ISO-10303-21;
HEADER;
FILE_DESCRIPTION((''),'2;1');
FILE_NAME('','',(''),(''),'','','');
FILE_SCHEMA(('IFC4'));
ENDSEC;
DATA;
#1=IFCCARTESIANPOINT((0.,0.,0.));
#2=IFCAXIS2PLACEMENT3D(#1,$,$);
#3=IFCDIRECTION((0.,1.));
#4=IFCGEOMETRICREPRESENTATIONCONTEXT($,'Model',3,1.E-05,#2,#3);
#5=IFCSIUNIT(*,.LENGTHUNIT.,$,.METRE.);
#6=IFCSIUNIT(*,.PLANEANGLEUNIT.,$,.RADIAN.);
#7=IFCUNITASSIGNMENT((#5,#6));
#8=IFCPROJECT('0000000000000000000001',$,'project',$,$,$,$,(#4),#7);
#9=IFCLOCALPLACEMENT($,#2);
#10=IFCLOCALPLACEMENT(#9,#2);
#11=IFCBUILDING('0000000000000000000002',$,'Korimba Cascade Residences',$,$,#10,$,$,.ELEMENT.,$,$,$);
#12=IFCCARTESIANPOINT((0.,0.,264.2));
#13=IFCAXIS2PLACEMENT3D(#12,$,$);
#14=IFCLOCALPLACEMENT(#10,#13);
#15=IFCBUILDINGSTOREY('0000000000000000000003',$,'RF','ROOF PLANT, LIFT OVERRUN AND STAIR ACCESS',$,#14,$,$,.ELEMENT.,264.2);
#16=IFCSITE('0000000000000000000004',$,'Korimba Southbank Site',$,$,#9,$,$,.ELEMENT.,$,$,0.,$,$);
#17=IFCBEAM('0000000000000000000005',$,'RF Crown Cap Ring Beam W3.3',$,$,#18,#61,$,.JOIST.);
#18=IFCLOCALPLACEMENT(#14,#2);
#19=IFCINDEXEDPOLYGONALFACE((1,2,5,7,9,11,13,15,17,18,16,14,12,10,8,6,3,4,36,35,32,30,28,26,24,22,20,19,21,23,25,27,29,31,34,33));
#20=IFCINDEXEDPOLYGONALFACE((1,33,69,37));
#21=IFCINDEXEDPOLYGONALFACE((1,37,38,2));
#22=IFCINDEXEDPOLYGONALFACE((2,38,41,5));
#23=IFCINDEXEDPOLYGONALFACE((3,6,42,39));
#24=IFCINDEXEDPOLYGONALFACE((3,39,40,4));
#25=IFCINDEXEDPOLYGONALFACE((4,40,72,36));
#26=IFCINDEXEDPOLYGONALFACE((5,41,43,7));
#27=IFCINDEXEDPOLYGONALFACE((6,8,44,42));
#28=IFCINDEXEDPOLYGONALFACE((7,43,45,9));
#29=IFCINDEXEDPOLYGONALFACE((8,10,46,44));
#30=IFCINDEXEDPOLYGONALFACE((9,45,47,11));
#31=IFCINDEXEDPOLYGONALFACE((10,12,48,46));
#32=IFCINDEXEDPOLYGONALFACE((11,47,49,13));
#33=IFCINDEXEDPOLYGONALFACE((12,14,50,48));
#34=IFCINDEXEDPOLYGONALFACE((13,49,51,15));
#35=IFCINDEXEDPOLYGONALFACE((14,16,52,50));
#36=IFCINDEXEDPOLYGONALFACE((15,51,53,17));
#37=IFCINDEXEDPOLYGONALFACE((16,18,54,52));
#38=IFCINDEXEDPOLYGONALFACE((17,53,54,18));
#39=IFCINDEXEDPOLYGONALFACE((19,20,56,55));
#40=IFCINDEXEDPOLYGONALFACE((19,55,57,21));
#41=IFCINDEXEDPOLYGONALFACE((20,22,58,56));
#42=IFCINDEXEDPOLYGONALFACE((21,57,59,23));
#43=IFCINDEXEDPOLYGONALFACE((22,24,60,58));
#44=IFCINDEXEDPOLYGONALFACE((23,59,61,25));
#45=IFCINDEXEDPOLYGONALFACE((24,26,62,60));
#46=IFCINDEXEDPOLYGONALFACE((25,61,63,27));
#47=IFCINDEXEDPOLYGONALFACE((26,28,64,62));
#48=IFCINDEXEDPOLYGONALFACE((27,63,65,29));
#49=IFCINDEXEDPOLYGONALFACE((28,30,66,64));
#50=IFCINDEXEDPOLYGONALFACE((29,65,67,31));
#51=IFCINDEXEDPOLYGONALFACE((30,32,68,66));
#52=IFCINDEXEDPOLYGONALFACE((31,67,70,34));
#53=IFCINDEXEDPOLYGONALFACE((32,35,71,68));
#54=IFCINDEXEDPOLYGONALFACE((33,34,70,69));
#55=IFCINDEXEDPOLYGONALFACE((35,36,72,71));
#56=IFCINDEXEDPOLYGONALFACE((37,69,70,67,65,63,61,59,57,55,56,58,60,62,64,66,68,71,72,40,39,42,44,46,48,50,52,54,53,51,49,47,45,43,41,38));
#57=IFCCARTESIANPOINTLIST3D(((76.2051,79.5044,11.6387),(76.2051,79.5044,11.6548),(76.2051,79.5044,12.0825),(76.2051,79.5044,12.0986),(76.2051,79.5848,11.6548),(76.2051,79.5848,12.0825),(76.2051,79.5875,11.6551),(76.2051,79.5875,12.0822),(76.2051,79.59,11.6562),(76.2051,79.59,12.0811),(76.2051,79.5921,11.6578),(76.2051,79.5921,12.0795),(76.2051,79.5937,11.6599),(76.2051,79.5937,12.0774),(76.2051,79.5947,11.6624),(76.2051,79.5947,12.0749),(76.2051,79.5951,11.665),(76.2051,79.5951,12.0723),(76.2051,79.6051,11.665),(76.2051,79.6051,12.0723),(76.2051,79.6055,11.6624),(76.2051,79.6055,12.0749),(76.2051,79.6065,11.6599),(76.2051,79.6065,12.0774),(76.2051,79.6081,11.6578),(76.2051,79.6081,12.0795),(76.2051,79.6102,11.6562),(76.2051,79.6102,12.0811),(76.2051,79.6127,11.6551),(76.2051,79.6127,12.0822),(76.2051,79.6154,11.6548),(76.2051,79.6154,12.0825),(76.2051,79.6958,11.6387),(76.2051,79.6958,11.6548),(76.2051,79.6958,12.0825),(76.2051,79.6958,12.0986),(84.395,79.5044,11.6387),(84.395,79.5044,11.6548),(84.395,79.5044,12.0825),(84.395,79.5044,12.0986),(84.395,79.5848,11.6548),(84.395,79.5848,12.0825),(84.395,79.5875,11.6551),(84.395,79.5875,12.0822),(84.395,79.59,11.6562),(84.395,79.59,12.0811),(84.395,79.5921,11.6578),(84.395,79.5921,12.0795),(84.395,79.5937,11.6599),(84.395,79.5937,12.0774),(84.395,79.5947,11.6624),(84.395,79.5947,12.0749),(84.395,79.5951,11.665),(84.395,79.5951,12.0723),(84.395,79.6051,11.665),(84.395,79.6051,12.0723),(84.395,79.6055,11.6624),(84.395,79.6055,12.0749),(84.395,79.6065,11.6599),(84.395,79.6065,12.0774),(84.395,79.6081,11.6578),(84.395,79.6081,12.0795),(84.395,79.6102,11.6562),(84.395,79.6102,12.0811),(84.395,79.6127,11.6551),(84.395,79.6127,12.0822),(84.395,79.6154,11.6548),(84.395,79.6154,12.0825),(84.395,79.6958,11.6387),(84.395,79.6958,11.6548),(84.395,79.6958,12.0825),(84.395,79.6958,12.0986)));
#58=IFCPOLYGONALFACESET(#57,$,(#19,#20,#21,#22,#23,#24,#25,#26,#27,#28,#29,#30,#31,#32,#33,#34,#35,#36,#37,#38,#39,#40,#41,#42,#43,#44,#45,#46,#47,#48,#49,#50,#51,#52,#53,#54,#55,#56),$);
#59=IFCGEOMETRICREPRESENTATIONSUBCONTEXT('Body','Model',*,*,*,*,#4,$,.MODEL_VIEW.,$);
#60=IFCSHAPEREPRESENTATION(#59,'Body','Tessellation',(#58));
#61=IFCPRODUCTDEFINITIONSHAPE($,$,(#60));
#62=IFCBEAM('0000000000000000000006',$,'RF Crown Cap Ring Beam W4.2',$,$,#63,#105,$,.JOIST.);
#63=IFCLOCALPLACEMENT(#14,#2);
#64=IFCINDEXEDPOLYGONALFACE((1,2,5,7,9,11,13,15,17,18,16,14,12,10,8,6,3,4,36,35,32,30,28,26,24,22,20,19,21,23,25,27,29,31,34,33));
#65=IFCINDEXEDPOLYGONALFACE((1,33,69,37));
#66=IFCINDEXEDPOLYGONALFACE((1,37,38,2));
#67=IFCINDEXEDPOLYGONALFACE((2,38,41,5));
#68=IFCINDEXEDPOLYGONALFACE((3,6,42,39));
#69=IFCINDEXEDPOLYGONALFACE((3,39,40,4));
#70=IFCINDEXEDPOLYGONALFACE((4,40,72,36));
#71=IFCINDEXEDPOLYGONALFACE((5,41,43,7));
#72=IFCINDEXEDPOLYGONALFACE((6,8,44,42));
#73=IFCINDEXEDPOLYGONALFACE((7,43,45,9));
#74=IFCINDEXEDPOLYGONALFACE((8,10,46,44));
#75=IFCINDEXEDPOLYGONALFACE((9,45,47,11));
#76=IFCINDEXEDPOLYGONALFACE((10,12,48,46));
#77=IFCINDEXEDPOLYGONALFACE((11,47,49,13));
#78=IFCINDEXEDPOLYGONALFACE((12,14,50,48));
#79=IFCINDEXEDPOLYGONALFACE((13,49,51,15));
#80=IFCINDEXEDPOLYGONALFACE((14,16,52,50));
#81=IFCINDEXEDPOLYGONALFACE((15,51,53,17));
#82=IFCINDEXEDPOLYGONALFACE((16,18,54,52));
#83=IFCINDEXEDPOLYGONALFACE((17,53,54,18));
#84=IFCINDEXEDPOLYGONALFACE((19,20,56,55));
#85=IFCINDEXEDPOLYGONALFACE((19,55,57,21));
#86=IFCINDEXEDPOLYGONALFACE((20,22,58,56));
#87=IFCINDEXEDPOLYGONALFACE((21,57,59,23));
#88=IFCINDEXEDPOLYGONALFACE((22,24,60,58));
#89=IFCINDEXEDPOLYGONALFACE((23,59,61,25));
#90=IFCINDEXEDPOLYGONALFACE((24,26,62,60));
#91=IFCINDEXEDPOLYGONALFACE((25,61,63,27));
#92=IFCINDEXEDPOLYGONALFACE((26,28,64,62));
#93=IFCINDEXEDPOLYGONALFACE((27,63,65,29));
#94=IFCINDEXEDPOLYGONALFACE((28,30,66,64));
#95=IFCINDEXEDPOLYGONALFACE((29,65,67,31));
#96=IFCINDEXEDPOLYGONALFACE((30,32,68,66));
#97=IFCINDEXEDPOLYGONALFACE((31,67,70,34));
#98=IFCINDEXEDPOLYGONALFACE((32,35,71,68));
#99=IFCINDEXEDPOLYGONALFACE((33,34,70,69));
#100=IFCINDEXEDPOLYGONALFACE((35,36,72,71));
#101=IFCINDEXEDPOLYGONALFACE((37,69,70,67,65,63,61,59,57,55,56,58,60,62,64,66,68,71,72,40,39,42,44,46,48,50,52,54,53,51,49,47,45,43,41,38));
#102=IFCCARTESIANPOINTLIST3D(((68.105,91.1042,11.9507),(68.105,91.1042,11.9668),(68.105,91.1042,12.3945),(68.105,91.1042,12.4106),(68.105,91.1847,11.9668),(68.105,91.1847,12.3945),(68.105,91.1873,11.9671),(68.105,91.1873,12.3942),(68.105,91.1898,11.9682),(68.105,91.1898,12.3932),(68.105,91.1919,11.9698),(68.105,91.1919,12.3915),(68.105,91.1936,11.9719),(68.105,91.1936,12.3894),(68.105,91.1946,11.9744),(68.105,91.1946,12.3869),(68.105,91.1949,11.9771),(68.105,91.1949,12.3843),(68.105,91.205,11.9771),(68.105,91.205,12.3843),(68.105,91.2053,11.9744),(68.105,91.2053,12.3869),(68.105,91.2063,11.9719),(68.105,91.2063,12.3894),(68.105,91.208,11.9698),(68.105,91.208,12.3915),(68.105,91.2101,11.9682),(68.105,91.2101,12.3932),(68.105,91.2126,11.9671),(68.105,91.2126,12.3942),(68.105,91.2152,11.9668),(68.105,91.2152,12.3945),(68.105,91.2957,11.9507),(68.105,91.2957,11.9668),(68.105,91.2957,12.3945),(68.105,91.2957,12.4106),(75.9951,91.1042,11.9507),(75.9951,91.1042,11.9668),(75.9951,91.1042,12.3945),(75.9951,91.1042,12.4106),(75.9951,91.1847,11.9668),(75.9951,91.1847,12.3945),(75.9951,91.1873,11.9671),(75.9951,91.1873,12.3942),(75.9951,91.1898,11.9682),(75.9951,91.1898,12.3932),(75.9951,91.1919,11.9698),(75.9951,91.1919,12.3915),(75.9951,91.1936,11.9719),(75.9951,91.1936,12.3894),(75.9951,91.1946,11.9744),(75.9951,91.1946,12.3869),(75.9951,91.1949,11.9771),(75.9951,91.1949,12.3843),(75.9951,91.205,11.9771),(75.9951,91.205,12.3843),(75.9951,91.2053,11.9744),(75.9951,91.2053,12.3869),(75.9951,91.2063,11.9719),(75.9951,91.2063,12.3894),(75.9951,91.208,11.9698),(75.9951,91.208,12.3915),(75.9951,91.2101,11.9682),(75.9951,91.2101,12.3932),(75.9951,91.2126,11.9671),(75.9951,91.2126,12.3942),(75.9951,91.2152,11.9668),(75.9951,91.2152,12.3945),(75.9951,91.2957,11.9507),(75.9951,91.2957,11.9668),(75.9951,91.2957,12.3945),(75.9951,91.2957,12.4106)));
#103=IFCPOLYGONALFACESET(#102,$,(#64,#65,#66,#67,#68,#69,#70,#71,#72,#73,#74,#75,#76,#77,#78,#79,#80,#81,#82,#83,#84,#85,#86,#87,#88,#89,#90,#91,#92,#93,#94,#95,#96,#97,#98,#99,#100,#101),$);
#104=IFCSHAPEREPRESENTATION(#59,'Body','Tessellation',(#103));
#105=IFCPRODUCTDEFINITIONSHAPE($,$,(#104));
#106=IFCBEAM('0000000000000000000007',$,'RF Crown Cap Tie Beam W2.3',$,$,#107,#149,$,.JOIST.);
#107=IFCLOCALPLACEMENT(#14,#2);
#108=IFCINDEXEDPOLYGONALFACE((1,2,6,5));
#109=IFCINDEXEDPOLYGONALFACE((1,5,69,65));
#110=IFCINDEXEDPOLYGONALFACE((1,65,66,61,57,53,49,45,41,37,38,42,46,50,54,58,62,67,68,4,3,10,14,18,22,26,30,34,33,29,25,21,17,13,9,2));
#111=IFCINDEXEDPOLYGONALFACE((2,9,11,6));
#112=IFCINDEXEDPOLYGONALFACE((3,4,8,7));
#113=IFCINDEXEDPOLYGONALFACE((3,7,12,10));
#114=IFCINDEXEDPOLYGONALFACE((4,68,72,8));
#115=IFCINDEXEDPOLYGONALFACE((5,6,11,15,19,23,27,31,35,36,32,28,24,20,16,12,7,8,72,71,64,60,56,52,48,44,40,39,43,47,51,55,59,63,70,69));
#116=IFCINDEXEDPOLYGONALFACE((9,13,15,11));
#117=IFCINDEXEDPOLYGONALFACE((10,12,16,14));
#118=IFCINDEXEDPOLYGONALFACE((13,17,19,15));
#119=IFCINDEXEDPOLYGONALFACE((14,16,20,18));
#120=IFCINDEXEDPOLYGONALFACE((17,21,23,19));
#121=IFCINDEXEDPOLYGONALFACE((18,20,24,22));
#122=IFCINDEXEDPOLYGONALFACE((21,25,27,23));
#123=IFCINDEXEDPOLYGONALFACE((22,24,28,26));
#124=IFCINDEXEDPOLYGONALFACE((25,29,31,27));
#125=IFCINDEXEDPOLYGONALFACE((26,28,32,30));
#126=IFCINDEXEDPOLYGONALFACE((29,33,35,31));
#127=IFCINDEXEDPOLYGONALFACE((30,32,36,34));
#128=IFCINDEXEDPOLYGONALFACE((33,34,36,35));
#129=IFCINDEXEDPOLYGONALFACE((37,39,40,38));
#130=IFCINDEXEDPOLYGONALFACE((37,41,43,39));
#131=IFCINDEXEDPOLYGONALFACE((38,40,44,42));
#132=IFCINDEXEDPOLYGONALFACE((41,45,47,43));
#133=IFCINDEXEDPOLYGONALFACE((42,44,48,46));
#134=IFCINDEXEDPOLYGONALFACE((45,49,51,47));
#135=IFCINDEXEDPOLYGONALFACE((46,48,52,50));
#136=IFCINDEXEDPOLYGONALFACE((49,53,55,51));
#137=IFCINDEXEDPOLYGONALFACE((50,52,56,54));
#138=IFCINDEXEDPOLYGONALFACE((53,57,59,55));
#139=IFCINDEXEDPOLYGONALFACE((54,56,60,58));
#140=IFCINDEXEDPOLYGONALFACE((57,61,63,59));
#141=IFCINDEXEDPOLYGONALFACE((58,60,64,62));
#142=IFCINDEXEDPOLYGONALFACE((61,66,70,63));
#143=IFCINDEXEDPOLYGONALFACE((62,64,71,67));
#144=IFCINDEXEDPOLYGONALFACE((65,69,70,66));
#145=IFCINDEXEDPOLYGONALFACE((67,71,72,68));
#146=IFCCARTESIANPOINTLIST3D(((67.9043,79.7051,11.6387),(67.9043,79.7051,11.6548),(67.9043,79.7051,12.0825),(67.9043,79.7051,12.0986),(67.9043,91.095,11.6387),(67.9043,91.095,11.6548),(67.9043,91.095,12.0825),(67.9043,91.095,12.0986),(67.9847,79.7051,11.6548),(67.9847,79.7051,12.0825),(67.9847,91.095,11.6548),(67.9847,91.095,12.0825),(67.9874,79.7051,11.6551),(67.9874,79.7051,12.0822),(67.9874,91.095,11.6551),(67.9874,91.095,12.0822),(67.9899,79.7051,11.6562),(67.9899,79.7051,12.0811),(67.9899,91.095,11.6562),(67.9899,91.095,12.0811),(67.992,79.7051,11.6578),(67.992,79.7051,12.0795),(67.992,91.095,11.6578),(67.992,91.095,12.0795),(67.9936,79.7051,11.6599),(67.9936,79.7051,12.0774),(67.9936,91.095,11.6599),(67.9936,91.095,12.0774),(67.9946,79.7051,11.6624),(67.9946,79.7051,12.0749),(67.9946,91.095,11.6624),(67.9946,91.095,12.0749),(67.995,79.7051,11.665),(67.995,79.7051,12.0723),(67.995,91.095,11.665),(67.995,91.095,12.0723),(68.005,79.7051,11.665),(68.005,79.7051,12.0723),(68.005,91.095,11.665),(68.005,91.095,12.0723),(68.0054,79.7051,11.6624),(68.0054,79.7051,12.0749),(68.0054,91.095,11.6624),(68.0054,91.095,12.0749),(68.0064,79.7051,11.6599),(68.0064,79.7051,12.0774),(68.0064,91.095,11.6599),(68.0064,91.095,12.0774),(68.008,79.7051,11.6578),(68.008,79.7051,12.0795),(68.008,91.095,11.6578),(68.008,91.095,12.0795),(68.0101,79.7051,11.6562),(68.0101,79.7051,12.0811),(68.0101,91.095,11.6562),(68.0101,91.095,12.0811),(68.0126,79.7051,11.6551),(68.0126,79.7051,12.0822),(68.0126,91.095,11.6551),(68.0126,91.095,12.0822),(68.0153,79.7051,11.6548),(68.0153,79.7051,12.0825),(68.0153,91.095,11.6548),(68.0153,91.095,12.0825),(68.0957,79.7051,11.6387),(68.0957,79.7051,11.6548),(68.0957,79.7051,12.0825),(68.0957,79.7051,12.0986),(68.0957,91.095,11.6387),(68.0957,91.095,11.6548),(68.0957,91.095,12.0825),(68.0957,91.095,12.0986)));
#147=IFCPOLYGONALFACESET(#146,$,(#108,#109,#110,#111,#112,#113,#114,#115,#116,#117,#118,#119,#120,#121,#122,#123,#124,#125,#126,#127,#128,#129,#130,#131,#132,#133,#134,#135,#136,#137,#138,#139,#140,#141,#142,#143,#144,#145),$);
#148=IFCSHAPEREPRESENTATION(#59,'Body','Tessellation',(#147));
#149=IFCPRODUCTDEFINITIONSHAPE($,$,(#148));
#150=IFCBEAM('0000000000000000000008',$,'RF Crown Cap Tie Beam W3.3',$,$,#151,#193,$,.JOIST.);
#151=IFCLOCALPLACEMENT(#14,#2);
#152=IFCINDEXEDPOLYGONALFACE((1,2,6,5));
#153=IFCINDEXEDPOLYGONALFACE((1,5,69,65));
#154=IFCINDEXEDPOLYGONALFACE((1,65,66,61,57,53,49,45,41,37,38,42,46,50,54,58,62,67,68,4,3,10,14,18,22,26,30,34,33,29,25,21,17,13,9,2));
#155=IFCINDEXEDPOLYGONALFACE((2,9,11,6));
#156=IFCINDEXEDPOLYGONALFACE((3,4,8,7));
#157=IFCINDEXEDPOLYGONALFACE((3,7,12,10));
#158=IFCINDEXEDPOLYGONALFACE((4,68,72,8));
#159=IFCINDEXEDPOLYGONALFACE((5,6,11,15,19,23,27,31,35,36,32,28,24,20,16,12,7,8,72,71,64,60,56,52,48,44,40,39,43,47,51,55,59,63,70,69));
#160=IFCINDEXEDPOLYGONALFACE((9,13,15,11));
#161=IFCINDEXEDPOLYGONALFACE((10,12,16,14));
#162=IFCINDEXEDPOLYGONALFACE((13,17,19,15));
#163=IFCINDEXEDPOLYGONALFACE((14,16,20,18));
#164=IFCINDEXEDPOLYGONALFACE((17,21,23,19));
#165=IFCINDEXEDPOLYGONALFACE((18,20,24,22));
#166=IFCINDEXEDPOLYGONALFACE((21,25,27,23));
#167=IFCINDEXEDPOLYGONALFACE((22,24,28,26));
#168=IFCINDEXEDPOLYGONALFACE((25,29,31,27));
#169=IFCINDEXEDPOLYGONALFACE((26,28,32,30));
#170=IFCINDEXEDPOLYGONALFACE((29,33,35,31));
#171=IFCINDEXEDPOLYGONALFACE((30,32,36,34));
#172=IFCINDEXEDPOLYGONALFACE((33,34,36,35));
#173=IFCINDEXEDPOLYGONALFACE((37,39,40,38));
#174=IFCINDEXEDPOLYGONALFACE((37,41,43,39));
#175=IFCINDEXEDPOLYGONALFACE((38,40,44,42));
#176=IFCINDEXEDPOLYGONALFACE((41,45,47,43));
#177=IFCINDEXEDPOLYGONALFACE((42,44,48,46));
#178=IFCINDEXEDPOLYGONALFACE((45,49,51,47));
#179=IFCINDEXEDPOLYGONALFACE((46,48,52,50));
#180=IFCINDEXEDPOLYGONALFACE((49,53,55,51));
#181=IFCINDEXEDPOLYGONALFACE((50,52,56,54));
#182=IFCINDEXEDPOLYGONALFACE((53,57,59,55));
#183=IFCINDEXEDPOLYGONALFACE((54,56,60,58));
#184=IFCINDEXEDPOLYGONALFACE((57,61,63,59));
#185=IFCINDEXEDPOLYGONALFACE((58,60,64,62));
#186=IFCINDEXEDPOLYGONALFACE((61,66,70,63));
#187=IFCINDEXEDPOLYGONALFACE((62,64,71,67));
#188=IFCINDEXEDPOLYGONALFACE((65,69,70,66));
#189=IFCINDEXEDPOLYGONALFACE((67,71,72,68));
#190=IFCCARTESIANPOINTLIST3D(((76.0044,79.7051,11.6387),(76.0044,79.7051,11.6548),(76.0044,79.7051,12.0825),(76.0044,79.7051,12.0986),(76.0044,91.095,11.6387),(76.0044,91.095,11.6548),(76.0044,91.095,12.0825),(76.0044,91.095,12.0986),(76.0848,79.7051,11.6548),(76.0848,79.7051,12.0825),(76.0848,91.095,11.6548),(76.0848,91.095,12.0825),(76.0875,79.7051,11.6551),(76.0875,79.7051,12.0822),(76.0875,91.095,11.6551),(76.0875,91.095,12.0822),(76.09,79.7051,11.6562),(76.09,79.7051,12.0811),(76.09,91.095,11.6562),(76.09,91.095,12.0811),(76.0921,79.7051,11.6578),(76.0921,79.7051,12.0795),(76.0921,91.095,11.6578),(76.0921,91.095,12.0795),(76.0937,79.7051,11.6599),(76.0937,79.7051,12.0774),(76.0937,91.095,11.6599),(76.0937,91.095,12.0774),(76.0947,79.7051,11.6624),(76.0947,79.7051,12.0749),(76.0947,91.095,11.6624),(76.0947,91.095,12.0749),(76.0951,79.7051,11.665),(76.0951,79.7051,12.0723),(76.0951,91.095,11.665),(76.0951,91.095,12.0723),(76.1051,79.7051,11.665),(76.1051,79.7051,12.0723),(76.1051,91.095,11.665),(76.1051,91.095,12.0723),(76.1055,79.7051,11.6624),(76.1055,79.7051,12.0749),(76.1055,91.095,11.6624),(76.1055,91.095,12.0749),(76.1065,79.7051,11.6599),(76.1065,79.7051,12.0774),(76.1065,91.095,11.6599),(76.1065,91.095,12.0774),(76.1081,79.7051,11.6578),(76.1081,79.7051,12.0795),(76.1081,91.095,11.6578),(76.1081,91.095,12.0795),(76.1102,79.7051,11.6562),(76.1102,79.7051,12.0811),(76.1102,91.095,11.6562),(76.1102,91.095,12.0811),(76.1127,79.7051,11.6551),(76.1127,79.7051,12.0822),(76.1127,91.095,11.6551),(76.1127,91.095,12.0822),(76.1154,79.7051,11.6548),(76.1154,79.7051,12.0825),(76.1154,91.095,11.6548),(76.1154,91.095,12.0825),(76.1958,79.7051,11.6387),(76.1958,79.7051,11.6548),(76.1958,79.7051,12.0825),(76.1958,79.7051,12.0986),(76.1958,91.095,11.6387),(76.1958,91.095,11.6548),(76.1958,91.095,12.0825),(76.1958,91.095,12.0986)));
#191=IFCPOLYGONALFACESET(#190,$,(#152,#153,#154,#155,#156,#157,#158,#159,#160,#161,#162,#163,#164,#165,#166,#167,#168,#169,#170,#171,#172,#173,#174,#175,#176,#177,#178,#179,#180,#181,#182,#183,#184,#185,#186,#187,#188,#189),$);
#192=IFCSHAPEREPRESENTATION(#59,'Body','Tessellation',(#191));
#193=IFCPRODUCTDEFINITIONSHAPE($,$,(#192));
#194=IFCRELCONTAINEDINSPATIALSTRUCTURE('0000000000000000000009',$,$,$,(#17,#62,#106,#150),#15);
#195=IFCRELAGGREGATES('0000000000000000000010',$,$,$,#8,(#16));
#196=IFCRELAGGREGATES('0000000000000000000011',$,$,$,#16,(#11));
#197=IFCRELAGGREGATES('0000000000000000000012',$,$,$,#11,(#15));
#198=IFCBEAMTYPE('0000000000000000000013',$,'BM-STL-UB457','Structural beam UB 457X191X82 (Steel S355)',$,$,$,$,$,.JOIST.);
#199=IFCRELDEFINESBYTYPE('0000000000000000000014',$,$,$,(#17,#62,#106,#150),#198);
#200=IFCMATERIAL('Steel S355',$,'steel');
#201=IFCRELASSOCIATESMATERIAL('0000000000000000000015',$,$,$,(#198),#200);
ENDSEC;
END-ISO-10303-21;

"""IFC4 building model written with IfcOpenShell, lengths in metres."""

from ifc_helpers import new_model, si_unit, direction, frame, origin, origin_2d, place, context, subcontext, project, spatial, i_section, extrude, material, material_profile, profile_set, type_object, element, save


model = new_model("IFC4")

# Units and contexts
model_context = context("Model", 3, precision=1e-05, world=origin(), true_north=direction((0.0, 1.0)))
body_context = subcontext(model_context, "Body", "Model", "MODEL_VIEW")
ifc_project = project(units=[si_unit("LENGTHUNIT", "METRE"), si_unit("PLANEANGLEUNIT", "RADIAN")], contexts=[model_context])

# Site, building, storey
site_placement = place(None, origin())
site = spatial("IfcSite", under=ifc_project, at=site_placement, Name="Korimba Southbank Site", CompositionType="ELEMENT", RefElevation=0.0)
building_placement = place(site_placement, origin())
building = spatial("IfcBuilding", under=site, at=building_placement, Name="Korimba Cascade Residences", CompositionType="ELEMENT")
storey_placement = place(building_placement, frame((0.0, 0.0, 264.2)))
storey = spatial("IfcBuildingStorey", under=building, at=storey_placement, Name="RF", Description="ROOF PLANT, LIFT OVERRUN AND STAIR ACCESS", CompositionType="ELEMENT", Elevation=264.2)

# Shared definitions
ifc_material_1 = material(Name="Steel S355", Category="steel")

# Beams
ifc_material_profile_1 = material_profile(ifc_material_1, i_section(OverallWidth=0.1914, OverallDepth=0.46, WebThickness=0.01, FlangeThickness=0.0161, FilletRadius=0.0103, at=origin_2d()), Name="Steel S355")
ifc_profile_set_1 = profile_set([ifc_material_profile_1], Name="Steel S355")
beam_type_1 = type_object("IfcBeamType", Name="BM-STL-UB457", Description="Structural beam UB 457X191X82 (Steel S355)", PredefinedType="JOIST", material=ifc_profile_set_1)
beam_1_placement = place(storey_placement, frame((76.2051, 79.6001, 11.8687), z_axis=(1.0, 0.0, 0.0), x_axis=(0.0, 1.0, 0.0)))
element("IfcBeam", 1, at=beam_1_placement, inside=storey, type_object=beam_type_1, Name="RF Crown Cap Ring Beam W3.3", PredefinedType="JOIST", context=body_context, shape_type="SweptSolid", body=[
    extrude(i_section(OverallWidth=0.1914, OverallDepth=0.46, WebThickness=0.01, FlangeThickness=0.0161, FilletRadius=0.0103, at=origin_2d()), origin(), (0.0, 0.0, 1.0), 8.1899),
])
beam_2_placement = place(storey_placement, frame((68.105, 91.2, 12.1807), z_axis=(1.0, 0.0, 0.0), x_axis=(0.0, 1.0, 0.0)))
element("IfcBeam", 2, at=beam_2_placement, inside=storey, type_object=beam_type_1, Name="RF Crown Cap Ring Beam W4.2", PredefinedType="JOIST", context=body_context, shape_type="SweptSolid", body=[
    extrude(i_section(OverallWidth=0.1914, OverallDepth=0.46, WebThickness=0.01, FlangeThickness=0.0161, FilletRadius=0.0103, at=origin_2d()), origin(), (0.0, 0.0, 1.0), 7.8901),
])
for number, where, z_axis, x_axis, name in (
    (3, (68.0, 79.7051, 11.8687), (0.0, 1.0, 0.0), (-1.0, 0.0, 0.0), "RF Crown Cap Tie Beam W2.3"),
    (4, (76.1001, 79.7051, 11.8687), (0.0, 1.0, 0.0), (-1.0, 0.0, 0.0), "RF Crown Cap Tie Beam W3.3"),
):
    element("IfcBeam", number, at=place(storey_placement, frame(where, z_axis=z_axis, x_axis=x_axis)), inside=storey, type_object=beam_type_1, Name=name, PredefinedType="JOIST", context=body_context, shape_type="SweptSolid", body=[
        extrude(i_section(OverallWidth=0.1914, OverallDepth=0.46, WebThickness=0.01, FlangeThickness=0.0161, FilletRadius=0.0103, at=origin_2d()), origin(), (0.0, 0.0, 1.0), 11.3899),
    ])

save(model, "model.ifc")
